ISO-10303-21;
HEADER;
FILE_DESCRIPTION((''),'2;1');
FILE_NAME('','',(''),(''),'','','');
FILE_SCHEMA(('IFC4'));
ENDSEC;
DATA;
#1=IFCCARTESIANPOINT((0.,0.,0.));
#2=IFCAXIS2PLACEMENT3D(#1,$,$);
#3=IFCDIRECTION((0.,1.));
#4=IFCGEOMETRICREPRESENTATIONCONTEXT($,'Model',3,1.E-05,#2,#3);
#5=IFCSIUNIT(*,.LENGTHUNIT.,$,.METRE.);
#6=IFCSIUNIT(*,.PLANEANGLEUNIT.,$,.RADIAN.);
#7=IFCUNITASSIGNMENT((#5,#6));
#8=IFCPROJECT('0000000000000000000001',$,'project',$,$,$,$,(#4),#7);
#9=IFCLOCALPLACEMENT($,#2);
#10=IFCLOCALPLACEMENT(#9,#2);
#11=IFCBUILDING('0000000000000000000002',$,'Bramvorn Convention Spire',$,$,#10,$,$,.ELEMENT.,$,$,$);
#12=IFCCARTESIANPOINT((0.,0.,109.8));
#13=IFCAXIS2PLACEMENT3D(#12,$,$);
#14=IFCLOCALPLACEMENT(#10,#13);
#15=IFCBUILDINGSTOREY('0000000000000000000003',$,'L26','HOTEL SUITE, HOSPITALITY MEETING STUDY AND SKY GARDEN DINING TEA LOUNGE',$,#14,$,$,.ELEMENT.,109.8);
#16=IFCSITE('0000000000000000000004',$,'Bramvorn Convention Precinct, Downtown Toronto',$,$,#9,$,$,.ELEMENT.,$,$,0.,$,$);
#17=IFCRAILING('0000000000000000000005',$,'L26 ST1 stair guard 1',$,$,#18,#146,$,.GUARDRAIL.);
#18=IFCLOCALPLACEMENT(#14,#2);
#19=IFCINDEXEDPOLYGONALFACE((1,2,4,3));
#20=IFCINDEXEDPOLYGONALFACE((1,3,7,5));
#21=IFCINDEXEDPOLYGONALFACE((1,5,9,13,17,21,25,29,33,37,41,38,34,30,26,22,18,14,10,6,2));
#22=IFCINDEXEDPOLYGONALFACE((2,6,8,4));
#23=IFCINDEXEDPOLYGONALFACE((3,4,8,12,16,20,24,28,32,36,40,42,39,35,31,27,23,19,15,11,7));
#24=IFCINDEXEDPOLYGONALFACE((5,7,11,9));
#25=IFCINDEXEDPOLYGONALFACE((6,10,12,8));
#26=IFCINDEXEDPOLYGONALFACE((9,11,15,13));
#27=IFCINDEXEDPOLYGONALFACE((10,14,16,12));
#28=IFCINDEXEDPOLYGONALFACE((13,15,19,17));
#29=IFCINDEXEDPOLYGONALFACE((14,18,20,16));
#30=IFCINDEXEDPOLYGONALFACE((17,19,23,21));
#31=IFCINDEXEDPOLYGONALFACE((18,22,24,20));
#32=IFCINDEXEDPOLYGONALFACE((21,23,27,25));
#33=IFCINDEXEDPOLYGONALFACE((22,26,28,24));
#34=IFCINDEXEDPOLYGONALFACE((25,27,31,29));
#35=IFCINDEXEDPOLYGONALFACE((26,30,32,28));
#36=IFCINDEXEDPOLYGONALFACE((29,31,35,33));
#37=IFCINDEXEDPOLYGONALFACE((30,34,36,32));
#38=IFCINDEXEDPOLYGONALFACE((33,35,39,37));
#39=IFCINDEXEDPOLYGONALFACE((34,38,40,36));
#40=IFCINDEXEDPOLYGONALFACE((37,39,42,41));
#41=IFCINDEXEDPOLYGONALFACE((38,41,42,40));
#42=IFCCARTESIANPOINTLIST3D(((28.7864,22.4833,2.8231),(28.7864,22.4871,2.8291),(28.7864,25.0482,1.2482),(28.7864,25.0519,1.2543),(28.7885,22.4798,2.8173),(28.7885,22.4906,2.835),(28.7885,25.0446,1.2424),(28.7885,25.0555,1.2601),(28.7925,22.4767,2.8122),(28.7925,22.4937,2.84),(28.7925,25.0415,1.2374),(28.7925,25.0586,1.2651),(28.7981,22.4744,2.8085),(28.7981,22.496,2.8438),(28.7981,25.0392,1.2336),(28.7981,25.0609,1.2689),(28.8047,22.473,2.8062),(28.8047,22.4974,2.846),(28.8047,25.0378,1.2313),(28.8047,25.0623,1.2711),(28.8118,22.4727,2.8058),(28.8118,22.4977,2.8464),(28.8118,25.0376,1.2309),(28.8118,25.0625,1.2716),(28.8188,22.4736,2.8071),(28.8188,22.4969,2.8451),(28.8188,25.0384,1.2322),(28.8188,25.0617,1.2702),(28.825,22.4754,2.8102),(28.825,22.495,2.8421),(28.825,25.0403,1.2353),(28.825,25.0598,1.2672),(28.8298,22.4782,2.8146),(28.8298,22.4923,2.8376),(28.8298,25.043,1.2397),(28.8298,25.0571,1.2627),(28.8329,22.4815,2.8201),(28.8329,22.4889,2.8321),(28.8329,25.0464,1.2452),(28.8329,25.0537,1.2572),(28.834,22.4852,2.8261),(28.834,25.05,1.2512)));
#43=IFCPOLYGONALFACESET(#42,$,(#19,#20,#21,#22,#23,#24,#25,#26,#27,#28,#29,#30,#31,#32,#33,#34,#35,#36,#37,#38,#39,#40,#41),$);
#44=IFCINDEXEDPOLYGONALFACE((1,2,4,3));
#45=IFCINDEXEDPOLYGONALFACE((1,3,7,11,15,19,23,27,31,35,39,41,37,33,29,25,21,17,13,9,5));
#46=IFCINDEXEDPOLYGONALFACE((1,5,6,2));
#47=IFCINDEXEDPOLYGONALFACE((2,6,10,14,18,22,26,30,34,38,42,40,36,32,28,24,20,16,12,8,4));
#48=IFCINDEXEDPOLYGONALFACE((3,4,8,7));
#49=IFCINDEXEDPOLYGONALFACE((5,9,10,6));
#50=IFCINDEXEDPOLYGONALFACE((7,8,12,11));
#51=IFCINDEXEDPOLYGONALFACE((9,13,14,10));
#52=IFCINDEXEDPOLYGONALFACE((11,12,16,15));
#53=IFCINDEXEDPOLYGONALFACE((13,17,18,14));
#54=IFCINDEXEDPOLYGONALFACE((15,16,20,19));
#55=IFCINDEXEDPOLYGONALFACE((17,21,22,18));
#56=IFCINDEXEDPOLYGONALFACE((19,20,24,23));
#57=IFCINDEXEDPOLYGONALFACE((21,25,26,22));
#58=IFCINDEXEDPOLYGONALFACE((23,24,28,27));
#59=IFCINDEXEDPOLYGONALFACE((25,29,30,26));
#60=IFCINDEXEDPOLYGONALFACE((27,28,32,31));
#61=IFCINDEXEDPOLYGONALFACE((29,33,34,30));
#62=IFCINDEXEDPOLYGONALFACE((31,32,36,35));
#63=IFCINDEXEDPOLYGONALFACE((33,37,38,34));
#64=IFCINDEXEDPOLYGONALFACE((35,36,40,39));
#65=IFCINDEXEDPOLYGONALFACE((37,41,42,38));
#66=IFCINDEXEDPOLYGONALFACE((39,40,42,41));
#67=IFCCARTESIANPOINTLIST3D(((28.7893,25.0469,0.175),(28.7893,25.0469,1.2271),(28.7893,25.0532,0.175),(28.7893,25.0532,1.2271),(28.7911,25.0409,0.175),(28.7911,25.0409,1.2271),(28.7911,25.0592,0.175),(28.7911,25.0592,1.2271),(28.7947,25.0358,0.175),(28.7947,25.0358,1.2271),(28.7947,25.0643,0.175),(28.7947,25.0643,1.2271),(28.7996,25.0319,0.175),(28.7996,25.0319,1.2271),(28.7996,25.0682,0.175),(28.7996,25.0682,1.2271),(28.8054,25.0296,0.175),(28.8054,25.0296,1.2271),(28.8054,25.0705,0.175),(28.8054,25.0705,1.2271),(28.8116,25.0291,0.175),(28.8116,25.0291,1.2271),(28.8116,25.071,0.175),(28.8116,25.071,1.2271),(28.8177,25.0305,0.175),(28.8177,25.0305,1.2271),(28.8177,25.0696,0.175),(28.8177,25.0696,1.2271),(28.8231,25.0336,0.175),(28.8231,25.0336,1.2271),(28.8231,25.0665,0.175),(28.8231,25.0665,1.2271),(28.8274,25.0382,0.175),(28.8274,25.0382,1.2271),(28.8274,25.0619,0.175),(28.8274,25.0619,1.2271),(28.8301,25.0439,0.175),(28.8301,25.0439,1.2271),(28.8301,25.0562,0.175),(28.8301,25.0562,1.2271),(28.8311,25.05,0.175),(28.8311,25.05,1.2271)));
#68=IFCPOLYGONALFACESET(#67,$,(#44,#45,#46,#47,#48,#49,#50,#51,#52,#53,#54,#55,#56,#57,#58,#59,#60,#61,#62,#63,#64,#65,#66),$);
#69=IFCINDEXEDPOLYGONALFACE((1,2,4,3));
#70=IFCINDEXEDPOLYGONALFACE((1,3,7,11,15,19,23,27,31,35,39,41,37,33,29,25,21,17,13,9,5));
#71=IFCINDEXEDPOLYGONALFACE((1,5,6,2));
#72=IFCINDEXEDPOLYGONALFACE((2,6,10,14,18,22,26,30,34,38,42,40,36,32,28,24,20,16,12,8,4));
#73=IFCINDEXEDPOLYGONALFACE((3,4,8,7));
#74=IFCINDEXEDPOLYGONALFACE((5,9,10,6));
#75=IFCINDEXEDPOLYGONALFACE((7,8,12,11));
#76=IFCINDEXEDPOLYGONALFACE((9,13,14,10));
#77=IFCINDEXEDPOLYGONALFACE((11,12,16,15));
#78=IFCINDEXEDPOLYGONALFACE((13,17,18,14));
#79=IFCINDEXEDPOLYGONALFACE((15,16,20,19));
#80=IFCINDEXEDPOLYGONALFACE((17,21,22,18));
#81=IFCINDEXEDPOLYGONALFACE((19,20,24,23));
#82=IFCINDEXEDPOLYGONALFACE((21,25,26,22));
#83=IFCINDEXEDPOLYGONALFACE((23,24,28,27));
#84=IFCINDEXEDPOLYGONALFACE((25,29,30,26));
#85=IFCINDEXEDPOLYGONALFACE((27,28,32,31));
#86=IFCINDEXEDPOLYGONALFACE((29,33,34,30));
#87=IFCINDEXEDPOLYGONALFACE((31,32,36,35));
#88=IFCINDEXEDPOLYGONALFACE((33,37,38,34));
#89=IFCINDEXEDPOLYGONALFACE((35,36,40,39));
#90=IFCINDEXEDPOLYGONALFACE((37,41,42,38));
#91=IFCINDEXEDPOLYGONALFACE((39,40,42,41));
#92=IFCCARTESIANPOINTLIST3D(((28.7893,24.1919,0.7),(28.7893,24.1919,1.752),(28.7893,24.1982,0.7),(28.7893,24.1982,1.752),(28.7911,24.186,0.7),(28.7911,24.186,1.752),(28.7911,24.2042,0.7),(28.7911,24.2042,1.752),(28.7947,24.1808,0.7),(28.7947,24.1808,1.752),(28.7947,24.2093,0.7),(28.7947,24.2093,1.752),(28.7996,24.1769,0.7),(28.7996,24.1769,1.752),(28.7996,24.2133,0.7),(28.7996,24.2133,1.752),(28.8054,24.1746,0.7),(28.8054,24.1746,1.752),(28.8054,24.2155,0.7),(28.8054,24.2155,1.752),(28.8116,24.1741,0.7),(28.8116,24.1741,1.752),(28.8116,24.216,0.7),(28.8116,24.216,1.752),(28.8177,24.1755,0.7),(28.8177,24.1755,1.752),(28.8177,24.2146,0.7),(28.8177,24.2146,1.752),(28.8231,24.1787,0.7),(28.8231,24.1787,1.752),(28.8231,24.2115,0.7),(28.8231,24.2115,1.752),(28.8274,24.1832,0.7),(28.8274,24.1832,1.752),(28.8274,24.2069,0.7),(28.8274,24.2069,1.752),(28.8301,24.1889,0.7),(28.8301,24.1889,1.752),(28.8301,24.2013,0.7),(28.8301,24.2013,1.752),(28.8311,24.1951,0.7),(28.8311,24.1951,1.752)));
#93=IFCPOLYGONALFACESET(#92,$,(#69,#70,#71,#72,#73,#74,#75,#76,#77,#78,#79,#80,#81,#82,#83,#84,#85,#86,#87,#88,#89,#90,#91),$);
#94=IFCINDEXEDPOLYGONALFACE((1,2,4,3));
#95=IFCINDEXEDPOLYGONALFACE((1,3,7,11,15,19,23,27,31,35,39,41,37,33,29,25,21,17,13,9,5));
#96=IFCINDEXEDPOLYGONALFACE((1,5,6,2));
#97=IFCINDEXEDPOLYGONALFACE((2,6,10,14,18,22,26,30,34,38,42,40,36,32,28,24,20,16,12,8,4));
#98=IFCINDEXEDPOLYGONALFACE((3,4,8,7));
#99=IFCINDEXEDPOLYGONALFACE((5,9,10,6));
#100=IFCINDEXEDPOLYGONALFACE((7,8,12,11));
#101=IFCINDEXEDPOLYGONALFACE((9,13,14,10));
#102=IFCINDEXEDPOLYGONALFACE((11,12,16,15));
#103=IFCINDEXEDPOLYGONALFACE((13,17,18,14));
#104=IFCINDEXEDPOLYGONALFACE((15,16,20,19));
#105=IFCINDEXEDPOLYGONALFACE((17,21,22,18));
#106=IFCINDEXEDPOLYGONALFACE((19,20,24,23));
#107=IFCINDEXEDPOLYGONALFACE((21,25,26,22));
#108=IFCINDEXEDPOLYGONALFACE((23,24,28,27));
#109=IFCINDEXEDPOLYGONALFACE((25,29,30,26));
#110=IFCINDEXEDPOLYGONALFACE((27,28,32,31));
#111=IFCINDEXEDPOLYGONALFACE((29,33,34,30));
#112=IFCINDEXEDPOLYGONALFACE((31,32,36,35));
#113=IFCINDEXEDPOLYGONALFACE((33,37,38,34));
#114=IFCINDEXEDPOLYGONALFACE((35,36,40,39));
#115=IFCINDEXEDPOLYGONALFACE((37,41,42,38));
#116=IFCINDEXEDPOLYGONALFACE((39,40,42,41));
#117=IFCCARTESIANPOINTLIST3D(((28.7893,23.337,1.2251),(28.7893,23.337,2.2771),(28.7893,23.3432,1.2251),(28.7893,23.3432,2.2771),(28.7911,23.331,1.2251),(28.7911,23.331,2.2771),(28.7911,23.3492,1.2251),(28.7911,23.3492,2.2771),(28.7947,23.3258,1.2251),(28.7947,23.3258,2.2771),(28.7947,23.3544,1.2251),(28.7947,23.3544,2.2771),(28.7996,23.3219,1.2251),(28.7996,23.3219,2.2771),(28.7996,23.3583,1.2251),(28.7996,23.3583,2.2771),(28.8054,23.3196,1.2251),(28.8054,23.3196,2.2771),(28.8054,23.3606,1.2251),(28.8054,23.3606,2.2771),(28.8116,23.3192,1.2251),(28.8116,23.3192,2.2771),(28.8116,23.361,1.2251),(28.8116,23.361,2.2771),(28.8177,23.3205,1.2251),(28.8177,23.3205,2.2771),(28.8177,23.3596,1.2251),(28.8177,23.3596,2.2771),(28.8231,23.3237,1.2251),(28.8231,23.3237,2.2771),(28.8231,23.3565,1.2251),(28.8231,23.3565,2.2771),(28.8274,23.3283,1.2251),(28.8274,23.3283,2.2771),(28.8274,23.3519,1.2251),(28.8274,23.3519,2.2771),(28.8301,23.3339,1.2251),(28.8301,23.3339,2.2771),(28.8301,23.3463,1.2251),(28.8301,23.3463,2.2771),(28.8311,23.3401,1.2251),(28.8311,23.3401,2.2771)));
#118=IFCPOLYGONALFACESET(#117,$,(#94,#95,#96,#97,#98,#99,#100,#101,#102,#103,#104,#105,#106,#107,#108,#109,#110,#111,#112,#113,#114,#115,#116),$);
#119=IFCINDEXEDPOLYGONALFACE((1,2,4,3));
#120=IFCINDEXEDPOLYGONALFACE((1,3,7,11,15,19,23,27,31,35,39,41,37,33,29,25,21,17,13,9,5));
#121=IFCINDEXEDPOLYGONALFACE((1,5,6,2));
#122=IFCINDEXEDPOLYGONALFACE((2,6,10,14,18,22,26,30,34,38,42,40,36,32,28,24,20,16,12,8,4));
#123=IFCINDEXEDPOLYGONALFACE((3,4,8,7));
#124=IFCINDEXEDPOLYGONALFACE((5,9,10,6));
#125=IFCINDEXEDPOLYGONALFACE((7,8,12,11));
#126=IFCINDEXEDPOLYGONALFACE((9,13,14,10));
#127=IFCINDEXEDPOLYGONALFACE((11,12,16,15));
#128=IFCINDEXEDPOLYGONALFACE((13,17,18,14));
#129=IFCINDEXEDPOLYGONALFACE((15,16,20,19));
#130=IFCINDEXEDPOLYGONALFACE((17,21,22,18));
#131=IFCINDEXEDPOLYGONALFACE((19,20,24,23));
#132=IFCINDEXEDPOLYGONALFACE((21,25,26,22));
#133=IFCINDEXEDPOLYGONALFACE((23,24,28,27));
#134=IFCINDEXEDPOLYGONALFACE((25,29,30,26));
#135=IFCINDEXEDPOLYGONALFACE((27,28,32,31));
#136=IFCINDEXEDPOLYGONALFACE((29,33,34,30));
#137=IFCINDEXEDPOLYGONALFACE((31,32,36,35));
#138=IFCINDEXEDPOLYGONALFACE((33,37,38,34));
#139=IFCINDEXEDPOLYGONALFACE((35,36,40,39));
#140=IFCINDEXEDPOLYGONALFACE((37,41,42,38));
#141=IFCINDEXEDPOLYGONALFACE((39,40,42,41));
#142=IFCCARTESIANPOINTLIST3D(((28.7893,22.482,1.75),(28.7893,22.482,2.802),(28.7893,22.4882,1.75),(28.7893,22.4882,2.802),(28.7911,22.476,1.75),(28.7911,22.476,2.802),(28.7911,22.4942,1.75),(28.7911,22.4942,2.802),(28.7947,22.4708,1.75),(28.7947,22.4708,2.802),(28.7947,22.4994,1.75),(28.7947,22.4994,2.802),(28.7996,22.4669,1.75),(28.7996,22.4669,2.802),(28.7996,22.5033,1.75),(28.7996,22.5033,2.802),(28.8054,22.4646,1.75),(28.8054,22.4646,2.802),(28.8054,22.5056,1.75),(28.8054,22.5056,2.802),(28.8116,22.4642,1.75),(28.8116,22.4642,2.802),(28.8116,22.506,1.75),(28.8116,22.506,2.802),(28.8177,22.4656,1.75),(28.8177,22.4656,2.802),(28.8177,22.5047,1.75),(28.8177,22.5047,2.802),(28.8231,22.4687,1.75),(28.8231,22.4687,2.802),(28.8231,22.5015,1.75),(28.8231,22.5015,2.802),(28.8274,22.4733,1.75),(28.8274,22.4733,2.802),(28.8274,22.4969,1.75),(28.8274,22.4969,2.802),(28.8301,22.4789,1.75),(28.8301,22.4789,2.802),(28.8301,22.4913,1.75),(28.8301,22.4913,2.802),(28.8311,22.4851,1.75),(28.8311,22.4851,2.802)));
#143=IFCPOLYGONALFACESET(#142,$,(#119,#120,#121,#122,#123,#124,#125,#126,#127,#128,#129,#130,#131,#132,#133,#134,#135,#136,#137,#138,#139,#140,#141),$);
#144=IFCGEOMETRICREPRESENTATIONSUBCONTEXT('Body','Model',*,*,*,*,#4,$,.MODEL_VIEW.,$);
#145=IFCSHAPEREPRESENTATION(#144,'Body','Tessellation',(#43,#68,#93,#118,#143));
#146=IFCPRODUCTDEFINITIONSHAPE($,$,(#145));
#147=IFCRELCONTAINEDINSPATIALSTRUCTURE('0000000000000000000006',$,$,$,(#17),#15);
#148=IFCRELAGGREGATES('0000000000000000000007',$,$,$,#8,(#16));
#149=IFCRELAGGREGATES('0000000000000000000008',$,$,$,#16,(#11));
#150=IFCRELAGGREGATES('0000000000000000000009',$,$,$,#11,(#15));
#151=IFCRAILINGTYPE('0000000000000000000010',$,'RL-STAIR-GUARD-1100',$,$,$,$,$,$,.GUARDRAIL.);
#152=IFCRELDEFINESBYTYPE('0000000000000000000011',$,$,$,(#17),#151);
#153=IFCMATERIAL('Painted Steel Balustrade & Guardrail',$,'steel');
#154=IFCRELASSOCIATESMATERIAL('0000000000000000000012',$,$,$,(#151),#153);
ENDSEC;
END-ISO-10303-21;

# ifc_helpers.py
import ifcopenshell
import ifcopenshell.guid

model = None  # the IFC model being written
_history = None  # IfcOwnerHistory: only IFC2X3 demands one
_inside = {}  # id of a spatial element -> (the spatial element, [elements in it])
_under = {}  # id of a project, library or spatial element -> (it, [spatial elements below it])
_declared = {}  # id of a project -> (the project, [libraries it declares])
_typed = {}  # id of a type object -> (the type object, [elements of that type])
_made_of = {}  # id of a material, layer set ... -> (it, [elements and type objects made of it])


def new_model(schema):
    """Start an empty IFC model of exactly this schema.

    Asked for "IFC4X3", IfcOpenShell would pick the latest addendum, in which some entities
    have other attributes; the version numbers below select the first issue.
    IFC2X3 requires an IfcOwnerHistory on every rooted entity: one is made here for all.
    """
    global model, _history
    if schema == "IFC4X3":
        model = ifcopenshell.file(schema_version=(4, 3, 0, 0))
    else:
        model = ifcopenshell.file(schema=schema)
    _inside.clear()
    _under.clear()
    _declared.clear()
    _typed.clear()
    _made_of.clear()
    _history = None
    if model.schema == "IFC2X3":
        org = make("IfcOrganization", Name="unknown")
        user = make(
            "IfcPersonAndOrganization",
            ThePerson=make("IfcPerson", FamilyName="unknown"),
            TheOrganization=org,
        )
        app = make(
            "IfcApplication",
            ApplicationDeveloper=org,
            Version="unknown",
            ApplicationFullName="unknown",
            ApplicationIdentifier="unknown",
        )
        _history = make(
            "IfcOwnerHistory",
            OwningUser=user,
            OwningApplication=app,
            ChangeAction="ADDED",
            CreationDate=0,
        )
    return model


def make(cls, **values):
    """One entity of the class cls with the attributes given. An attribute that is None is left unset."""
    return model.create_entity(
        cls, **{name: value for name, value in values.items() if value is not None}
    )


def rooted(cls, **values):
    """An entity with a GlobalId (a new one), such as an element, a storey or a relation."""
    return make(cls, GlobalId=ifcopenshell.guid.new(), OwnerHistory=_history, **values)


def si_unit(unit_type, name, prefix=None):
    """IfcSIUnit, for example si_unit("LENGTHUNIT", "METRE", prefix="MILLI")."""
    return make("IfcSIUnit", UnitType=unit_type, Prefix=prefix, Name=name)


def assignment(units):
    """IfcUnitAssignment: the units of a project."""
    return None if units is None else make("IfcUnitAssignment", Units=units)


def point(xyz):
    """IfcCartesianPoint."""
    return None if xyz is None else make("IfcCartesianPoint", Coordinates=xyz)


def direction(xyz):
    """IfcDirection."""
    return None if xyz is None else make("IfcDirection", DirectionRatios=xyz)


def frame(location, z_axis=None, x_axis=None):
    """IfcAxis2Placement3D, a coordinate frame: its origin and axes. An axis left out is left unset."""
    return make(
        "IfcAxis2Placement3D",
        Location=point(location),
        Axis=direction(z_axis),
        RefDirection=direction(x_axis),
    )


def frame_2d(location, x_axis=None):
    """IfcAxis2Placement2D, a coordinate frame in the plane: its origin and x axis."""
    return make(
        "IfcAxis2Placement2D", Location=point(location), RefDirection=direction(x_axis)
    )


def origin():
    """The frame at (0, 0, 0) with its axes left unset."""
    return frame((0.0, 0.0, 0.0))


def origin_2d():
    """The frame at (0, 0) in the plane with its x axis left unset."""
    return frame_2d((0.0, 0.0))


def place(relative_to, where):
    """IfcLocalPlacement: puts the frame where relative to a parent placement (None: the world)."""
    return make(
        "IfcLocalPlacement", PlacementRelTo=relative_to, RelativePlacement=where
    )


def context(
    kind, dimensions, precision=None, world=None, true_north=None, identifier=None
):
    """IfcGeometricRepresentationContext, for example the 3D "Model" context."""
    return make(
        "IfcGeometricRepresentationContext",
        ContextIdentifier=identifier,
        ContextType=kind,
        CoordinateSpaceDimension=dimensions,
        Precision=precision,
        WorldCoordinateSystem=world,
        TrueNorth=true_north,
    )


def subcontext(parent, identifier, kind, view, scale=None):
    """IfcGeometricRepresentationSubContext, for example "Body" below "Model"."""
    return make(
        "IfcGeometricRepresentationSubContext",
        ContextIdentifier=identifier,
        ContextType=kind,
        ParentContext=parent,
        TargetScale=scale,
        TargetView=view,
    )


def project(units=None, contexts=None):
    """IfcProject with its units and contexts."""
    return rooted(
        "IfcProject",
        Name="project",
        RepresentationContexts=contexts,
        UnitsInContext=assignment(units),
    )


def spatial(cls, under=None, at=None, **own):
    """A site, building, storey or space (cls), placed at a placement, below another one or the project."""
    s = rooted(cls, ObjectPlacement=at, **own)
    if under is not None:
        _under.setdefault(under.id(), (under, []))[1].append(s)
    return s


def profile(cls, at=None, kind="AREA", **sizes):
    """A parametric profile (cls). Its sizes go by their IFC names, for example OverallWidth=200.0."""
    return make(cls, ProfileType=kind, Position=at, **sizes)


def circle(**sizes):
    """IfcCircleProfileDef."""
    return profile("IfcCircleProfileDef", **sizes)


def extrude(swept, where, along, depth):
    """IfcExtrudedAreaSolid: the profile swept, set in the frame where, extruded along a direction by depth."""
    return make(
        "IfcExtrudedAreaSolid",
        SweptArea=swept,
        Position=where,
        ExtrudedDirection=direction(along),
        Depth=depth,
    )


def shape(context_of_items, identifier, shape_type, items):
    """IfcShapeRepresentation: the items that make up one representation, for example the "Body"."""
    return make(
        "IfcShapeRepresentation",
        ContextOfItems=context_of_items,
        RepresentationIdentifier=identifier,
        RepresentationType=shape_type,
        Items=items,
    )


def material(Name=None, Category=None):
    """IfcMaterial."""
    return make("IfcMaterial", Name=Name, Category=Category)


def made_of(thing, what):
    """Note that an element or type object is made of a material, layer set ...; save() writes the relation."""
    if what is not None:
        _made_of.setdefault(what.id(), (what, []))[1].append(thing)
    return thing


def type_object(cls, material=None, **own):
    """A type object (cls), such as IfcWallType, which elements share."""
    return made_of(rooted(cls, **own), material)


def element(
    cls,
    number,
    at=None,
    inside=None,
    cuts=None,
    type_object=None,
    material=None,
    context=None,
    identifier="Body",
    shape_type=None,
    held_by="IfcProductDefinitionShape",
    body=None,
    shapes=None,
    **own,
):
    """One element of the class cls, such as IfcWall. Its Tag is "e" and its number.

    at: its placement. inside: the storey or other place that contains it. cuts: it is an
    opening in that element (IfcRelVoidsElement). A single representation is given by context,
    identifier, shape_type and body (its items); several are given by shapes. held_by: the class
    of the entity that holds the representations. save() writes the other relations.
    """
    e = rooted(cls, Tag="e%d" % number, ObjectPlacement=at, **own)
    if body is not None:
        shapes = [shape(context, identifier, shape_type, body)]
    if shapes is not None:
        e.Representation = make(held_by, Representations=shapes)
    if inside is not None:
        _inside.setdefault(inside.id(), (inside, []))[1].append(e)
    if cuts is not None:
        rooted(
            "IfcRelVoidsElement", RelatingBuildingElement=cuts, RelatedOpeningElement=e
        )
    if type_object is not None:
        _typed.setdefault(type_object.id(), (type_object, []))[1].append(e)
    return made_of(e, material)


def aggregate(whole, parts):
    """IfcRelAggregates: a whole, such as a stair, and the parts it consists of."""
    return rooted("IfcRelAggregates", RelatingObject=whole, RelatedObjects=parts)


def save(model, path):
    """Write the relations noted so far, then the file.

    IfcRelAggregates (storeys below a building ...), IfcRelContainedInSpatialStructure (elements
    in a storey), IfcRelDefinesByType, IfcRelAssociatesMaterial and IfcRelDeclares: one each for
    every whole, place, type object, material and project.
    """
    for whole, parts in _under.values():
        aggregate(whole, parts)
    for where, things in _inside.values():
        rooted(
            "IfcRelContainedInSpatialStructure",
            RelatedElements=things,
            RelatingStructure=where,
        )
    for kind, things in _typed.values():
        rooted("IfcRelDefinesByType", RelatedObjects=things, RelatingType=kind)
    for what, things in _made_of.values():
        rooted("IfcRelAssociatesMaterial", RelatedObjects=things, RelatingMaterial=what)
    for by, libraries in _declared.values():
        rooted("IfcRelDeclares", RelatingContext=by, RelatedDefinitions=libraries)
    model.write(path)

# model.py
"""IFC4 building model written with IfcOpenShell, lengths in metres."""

from ifc_helpers import new_model, si_unit, direction, frame, origin, origin_2d, place, context, subcontext, project, spatial, circle, extrude, material, type_object, element, save


model = new_model("IFC4")

# Units and contexts
model_context = context("Model", 3, precision=1e-05, world=origin(), true_north=direction((0.0, 1.0)))
body_context = subcontext(model_context, "Body", "Model", "MODEL_VIEW")
ifc_project = project(units=[si_unit("LENGTHUNIT", "METRE"), si_unit("PLANEANGLEUNIT", "RADIAN")], contexts=[model_context])

# Site, building, storey
site_placement = place(None, origin())
site = spatial("IfcSite", under=ifc_project, at=site_placement, Name="Bramvorn Convention Precinct, Downtown Toronto", CompositionType="ELEMENT", RefElevation=0.0)
building_placement = place(site_placement, origin())
building = spatial("IfcBuilding", under=site, at=building_placement, Name="Bramvorn Convention Spire", CompositionType="ELEMENT")
storey_placement = place(building_placement, frame((0.0, 0.0, 109.8)))
storey = spatial("IfcBuildingStorey", under=building, at=storey_placement, Name="L26", Description="HOTEL SUITE, HOSPITALITY MEETING STUDY AND SKY GARDEN DINING TEA LOUNGE", CompositionType="ELEMENT", Elevation=109.8)

# Railing
ifc_material_1 = material(Name="Painted Steel Balustrade & Guardrail", Category="steel")
railing_type_1 = type_object("IfcRailingType", Name="RL-STAIR-GUARD-1100", PredefinedType="GUARDRAIL", material=ifc_material_1)
railing_1_placement = place(storey_placement, frame((28.8101, 25.05, 0.175)))
element("IfcRailing", 1, at=railing_1_placement, inside=storey, type_object=railing_type_1, Name="L26 ST1 stair guard 1", PredefinedType="GUARDRAIL", context=body_context, shape_type="SweptSolid", body=[
    extrude(circle(Radius=0.0239, at=origin_2d()), frame((0.0, 0.0, 1.0762), z_axis=(0.0, -0.852173, 0.52326), x_axis=(1.0, 0.0, 0.0)), (0.0, 0.0, 1.0), 3.0098),
    extrude(circle(Radius=0.021, at=origin_2d()), origin(), (0.0, 0.0, 1.0), 1.052),
    extrude(circle(Radius=0.021, at=origin_2d()), frame((0.0, -0.855, 0.5249)), (0.0, 0.0, 1.0), 1.052),
    extrude(circle(Radius=0.021, at=origin_2d()), frame((0.0, -1.71, 1.05)), (0.0, 0.0, 1.0), 1.052),
    extrude(circle(Radius=0.021, at=origin_2d()), frame((0.0, -2.5649, 1.575)), (0.0, 0.0, 1.0), 1.052),
])

save(model, "model.ifc")
